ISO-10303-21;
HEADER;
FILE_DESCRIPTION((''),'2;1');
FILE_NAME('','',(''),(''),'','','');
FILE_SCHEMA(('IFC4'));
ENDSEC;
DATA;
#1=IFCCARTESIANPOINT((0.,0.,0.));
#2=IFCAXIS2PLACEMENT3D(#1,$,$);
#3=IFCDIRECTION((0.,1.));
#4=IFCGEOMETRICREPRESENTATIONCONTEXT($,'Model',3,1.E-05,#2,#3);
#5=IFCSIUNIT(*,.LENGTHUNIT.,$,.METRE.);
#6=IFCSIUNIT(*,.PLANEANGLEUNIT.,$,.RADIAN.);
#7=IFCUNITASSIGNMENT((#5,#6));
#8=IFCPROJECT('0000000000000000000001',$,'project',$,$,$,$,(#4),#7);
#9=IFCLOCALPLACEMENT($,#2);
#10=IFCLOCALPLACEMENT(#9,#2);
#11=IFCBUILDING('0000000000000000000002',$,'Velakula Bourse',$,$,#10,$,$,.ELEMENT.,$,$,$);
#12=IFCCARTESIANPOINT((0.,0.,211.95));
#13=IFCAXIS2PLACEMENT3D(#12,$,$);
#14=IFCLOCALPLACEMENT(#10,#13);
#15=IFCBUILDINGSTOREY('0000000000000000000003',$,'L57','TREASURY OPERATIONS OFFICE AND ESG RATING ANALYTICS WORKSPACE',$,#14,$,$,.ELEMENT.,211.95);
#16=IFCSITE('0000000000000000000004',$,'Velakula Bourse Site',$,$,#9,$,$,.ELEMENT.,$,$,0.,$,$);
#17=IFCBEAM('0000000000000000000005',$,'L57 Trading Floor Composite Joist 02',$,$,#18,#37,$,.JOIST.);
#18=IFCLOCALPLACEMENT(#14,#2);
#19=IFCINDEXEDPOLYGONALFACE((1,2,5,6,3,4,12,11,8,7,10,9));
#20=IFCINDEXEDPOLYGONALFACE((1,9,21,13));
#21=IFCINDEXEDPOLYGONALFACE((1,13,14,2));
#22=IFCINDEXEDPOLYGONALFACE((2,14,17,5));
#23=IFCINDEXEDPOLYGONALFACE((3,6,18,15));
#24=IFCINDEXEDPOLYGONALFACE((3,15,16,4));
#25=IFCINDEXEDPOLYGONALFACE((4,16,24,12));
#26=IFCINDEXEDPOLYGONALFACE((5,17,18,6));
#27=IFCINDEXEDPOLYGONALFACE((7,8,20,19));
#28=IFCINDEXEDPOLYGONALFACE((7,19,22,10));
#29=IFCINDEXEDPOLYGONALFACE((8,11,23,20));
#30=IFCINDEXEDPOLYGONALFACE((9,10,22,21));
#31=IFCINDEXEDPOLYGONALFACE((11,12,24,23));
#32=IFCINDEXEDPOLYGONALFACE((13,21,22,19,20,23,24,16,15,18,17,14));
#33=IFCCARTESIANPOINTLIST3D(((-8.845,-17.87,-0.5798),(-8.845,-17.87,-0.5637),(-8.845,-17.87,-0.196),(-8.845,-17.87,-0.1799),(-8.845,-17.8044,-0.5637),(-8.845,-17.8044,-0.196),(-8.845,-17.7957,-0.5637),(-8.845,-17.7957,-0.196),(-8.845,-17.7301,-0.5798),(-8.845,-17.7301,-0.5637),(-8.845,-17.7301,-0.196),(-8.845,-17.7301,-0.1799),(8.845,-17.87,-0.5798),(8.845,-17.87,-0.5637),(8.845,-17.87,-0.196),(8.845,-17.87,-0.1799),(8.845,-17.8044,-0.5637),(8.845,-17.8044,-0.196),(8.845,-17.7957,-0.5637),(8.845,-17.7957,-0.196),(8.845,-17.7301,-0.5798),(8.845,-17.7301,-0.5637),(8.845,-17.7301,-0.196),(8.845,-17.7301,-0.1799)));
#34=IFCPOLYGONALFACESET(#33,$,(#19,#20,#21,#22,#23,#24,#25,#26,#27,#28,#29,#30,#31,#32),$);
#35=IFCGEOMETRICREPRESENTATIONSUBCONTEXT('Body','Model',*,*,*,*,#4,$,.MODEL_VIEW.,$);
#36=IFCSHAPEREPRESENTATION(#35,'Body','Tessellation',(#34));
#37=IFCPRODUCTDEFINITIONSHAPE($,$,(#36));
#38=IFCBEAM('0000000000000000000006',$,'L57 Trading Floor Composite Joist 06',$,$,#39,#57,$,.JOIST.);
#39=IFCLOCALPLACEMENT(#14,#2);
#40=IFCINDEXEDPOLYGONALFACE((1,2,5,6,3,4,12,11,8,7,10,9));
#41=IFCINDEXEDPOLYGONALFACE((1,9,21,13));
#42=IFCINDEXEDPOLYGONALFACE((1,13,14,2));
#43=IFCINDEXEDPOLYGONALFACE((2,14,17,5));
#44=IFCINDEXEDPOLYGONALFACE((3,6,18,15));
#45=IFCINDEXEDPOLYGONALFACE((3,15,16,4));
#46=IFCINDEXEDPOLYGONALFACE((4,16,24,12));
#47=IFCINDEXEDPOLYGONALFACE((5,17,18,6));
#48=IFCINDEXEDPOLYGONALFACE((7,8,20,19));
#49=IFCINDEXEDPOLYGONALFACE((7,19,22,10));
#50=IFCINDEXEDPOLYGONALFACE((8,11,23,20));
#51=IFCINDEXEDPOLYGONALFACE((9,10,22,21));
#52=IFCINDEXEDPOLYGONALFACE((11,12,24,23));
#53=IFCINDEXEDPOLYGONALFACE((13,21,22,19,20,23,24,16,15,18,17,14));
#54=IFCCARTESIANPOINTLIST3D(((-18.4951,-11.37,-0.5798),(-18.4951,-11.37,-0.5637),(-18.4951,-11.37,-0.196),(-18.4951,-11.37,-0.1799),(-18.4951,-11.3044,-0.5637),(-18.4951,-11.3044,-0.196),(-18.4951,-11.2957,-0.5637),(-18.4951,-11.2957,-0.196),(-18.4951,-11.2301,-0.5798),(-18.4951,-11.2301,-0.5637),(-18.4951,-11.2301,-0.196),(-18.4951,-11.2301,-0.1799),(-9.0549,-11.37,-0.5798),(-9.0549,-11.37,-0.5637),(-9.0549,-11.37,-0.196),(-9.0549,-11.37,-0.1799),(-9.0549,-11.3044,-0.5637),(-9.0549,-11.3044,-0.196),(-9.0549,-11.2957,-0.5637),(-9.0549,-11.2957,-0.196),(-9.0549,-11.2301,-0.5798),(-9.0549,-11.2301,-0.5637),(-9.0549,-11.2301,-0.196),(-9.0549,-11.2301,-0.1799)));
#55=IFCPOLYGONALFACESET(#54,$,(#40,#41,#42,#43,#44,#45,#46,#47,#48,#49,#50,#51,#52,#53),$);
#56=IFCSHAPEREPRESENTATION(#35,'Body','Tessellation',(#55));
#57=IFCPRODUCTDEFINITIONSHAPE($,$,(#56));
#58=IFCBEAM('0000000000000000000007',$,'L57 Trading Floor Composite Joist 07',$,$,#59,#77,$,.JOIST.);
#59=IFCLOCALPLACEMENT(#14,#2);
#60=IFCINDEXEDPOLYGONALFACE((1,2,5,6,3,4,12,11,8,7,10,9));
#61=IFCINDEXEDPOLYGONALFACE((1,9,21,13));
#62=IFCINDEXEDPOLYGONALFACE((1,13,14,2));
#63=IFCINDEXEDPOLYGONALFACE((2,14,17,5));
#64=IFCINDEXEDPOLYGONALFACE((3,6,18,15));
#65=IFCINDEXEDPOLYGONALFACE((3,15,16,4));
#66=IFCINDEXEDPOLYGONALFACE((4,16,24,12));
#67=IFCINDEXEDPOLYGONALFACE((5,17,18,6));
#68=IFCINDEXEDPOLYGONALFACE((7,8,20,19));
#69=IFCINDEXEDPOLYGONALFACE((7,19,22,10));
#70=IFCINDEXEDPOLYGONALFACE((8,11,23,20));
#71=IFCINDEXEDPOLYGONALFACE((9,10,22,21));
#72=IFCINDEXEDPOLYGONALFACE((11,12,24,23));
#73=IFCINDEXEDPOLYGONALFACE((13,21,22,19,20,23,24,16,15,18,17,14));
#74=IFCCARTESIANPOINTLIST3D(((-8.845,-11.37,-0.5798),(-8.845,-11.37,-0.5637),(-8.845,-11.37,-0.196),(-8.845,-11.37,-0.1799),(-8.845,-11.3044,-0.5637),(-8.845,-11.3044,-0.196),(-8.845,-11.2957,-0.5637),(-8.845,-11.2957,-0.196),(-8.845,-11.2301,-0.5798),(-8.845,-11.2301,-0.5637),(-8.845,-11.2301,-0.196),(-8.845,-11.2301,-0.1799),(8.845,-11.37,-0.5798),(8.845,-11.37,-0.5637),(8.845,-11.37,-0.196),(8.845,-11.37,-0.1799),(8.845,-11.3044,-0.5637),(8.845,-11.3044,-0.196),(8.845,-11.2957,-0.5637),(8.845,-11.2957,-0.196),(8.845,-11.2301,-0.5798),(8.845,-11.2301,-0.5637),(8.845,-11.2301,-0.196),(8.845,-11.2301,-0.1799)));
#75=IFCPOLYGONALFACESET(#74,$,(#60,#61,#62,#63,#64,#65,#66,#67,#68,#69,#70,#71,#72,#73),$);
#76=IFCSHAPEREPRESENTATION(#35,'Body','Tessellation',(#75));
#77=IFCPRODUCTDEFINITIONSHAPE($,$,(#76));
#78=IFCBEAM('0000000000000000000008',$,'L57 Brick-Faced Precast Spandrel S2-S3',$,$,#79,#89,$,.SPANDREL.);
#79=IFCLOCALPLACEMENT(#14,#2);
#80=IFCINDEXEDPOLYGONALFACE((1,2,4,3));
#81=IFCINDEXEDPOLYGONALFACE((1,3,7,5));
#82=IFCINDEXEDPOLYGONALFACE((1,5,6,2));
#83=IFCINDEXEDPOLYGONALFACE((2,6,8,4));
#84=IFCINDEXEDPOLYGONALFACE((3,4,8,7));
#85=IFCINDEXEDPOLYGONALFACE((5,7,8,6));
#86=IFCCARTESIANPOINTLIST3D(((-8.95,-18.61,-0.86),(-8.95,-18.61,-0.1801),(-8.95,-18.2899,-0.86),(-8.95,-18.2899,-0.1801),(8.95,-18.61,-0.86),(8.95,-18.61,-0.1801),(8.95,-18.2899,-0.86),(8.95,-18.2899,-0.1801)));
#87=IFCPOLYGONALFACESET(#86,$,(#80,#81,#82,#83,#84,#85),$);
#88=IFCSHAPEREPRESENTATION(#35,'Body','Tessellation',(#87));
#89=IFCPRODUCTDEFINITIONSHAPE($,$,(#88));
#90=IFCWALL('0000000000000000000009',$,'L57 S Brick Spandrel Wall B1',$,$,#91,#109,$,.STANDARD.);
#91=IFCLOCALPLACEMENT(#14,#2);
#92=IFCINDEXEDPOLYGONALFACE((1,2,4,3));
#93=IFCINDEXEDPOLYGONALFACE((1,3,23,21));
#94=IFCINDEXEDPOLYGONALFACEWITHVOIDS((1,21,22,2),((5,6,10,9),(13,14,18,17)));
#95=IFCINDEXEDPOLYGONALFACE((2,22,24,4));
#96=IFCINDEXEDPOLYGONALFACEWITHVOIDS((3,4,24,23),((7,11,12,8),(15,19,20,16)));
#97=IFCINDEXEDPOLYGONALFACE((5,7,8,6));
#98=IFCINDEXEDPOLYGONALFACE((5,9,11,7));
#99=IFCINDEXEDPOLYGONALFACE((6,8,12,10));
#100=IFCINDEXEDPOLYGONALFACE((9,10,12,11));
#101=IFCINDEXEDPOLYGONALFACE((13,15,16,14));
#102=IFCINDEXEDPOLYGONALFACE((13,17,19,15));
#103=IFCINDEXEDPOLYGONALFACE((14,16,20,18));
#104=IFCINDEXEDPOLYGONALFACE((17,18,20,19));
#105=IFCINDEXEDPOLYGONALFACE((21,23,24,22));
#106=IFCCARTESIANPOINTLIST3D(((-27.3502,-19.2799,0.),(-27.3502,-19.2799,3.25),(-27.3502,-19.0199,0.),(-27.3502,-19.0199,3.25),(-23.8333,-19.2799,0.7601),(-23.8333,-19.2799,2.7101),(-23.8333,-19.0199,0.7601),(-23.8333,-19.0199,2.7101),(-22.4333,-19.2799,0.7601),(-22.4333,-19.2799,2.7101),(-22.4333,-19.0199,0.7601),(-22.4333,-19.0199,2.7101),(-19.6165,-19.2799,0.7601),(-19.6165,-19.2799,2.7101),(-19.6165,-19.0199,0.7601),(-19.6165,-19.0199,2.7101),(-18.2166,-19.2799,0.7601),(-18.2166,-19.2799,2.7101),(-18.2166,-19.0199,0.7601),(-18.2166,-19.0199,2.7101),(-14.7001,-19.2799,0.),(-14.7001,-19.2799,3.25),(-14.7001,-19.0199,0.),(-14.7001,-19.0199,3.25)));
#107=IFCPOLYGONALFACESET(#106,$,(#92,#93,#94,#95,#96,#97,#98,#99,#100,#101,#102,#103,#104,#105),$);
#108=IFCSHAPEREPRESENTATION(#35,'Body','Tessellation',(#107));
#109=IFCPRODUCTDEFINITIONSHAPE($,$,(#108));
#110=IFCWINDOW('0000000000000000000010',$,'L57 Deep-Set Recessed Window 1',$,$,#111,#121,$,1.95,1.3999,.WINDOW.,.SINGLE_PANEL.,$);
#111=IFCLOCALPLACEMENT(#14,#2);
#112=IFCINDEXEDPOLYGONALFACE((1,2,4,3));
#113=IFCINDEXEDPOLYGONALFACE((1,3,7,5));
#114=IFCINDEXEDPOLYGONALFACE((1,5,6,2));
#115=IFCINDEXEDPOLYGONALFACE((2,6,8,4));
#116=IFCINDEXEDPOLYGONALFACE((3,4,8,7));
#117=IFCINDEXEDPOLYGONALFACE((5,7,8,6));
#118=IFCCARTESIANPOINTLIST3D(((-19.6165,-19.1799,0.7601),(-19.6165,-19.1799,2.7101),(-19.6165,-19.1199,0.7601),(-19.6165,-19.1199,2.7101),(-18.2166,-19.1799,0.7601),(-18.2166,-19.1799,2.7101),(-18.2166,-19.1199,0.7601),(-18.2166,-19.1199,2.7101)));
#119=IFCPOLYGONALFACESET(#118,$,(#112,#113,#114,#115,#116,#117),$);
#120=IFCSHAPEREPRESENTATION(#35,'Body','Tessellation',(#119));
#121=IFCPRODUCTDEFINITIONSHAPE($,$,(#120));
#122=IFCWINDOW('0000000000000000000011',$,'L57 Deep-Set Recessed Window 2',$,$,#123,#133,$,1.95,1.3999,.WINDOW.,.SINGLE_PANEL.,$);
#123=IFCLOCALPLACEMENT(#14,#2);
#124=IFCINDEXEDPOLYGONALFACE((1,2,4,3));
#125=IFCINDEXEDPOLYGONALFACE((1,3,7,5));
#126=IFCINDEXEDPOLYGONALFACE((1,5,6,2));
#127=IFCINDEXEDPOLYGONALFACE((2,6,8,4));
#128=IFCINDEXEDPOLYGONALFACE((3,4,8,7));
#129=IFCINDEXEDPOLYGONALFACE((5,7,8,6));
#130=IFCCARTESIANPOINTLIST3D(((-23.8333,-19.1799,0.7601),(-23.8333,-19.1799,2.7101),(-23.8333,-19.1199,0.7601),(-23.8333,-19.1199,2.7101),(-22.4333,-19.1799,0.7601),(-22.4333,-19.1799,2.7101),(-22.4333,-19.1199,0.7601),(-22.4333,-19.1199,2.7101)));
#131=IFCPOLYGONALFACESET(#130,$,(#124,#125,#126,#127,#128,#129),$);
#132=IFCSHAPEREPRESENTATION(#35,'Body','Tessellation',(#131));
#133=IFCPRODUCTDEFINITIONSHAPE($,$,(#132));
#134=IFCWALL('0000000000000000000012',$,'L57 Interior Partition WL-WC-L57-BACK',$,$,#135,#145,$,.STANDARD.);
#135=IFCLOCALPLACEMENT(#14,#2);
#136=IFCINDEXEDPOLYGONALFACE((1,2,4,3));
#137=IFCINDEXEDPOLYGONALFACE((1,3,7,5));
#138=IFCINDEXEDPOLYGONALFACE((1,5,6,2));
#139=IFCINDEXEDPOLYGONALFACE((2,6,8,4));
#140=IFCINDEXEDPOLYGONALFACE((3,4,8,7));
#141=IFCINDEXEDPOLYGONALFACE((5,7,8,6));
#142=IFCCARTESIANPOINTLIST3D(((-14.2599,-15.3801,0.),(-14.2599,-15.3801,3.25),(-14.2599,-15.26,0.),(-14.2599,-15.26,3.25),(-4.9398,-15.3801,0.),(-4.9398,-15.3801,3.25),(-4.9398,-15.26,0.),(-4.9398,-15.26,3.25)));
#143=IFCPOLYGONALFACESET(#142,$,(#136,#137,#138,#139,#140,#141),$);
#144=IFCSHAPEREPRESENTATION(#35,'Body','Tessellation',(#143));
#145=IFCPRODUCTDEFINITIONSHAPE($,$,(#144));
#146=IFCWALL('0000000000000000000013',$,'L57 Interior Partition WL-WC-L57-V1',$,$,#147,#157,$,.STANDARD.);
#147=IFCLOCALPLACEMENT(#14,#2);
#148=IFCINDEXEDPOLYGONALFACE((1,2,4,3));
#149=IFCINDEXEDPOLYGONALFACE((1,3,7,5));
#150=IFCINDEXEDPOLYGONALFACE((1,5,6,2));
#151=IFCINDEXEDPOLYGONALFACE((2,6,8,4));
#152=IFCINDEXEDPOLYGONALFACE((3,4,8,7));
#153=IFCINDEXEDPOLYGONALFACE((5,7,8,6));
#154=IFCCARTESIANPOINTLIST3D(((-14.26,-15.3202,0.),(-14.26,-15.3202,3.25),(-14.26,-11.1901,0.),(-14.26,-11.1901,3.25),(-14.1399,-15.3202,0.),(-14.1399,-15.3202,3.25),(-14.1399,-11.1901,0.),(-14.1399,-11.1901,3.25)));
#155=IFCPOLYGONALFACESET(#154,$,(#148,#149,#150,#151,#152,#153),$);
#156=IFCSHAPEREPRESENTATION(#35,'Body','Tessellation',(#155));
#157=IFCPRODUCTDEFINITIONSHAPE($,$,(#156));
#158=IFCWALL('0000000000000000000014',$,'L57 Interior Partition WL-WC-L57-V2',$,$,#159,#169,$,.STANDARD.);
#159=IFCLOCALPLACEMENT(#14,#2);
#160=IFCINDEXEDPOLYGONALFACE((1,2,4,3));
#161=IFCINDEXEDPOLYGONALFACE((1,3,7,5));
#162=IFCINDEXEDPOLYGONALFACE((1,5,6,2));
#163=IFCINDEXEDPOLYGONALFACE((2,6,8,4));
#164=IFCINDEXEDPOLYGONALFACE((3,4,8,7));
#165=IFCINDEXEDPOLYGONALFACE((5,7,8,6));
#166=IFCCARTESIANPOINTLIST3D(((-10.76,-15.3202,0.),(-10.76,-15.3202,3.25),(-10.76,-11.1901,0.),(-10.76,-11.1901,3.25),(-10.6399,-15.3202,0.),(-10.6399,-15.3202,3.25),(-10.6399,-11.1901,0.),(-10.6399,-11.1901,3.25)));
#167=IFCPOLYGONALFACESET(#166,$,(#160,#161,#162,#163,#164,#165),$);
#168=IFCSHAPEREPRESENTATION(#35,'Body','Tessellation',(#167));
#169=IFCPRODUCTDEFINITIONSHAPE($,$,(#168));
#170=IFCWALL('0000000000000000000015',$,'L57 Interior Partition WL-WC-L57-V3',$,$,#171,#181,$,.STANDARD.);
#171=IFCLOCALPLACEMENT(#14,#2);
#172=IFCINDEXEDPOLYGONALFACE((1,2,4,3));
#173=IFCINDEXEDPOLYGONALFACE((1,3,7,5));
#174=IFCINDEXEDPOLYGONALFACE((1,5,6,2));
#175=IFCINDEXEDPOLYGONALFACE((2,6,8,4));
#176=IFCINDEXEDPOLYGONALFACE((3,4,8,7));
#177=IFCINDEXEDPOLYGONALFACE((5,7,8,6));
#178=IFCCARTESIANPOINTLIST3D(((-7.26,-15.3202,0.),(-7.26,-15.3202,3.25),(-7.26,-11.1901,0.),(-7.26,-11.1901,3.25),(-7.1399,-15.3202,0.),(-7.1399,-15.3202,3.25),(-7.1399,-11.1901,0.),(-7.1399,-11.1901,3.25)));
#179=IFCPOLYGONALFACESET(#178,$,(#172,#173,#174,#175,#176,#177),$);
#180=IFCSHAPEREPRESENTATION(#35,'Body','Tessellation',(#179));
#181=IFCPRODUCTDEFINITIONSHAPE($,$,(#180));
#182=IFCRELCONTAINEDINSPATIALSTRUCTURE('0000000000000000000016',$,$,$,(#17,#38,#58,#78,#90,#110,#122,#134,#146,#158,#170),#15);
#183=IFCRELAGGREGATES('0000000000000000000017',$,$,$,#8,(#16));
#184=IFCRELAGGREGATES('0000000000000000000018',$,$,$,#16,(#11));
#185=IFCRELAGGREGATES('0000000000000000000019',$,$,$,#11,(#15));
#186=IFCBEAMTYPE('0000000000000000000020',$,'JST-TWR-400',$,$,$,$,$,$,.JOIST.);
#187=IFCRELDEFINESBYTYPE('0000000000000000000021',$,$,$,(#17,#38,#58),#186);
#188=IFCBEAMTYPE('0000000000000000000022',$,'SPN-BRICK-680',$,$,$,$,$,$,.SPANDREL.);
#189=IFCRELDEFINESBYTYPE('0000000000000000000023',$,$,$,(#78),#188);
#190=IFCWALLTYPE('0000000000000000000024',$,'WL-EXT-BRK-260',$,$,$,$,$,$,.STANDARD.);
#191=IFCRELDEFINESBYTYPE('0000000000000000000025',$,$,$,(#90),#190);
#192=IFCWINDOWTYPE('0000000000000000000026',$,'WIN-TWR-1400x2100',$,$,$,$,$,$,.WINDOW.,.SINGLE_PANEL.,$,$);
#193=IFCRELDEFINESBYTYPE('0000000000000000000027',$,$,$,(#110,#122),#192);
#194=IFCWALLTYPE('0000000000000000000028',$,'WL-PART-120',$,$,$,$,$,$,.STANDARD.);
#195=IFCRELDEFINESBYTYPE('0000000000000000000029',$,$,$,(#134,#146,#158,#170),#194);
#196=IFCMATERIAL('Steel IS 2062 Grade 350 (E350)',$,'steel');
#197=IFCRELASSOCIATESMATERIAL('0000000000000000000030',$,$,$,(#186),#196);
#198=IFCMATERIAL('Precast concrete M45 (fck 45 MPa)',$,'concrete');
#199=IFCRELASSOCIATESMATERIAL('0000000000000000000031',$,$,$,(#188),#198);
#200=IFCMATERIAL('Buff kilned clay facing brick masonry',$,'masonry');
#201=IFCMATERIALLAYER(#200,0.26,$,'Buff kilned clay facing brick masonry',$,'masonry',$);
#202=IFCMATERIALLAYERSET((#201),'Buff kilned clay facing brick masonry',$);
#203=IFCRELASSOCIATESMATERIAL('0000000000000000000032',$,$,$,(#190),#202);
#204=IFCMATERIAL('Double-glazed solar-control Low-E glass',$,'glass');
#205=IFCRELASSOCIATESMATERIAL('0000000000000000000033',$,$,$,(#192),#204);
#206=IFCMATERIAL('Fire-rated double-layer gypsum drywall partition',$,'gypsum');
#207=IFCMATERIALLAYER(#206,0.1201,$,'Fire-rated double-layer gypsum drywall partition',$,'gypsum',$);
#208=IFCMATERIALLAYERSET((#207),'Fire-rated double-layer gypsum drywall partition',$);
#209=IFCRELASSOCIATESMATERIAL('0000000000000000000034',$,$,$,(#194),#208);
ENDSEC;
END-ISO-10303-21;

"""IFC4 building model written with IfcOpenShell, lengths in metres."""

from ifc_helpers import new_model, si_unit, direction, frame, frame_2d, origin, origin_2d, place, context, subcontext, project, spatial, rectangle, i_section, extrude, material, layer, layer_set, material_profile, profile_set, type_object, element, fill, save


model = new_model("IFC4")

# Units and contexts
model_context = context("Model", 3, precision=1e-05, world=origin(), true_north=direction((0.0, 1.0)))
body_context = subcontext(model_context, "Body", "Model", "MODEL_VIEW")
ifc_project = project(units=[si_unit("LENGTHUNIT", "METRE"), si_unit("PLANEANGLEUNIT", "RADIAN")], contexts=[model_context])

# Site, building, storey
site_placement = place(None, origin())
site = spatial("IfcSite", under=ifc_project, at=site_placement, Name="Velakula Bourse Site", CompositionType="ELEMENT", RefElevation=0.0)
building_placement = place(site_placement, origin())
building = spatial("IfcBuilding", under=site, at=building_placement, Name="Velakula Bourse", CompositionType="ELEMENT")
storey_placement = place(building_placement, frame((0.0, 0.0, 211.95)))
storey = spatial("IfcBuildingStorey", under=building, at=storey_placement, Name="L57", Description="TREASURY OPERATIONS OFFICE AND ESG RATING ANALYTICS WORKSPACE", CompositionType="ELEMENT", Elevation=211.95)

# Shared definitions
ifc_material_1 = material(Name="Steel IS 2062 Grade 350 (E350)", Category="steel")

# Beams
ifc_material_profile_1 = material_profile(ifc_material_1, i_section(OverallWidth=0.1399, OverallDepth=0.3999, WebThickness=0.0088, FlangeThickness=0.0161, at=origin_2d()), Name="Steel IS 2062 Grade 350 (E350)")
ifc_profile_set_1 = profile_set([ifc_material_profile_1], Name="Steel IS 2062 Grade 350 (E350)")
beam_type_1 = type_object("IfcBeamType", Name="JST-TWR-400", PredefinedType="JOIST", material=ifc_profile_set_1)
beam_1_placement = place(storey_placement, frame((-8.845, -17.8, -0.3799), z_axis=(1.0, 0.0, 0.0), x_axis=(0.0, 1.0, 0.0)))
element("IfcBeam", 1, at=beam_1_placement, inside=storey, type_object=beam_type_1, Name="L57 Trading Floor Composite Joist 02", PredefinedType="JOIST", context=body_context, shape_type="SweptSolid", body=[
    extrude(i_section(OverallWidth=0.1399, OverallDepth=0.3999, WebThickness=0.0088, FlangeThickness=0.0161, at=origin_2d()), origin(), (0.0, 0.0, 1.0), 17.6899),
])
beam_2_placement = place(storey_placement, frame((-18.4951, -11.3, -0.3799), z_axis=(1.0, 0.0, 0.0), x_axis=(0.0, 1.0, 0.0)))
element("IfcBeam", 2, at=beam_2_placement, inside=storey, type_object=beam_type_1, Name="L57 Trading Floor Composite Joist 06", PredefinedType="JOIST", context=body_context, shape_type="SweptSolid", body=[
    extrude(i_section(OverallWidth=0.1399, OverallDepth=0.3999, WebThickness=0.0088, FlangeThickness=0.0161, at=origin_2d()), origin(), (0.0, 0.0, 1.0), 9.4402),
])
beam_3_placement = place(storey_placement, frame((-8.845, -11.3, -0.3799), z_axis=(1.0, 0.0, 0.0), x_axis=(0.0, 1.0, 0.0)))
element("IfcBeam", 3, at=beam_3_placement, inside=storey, type_object=beam_type_1, Name="L57 Trading Floor Composite Joist 07", PredefinedType="JOIST", context=body_context, shape_type="SweptSolid", body=[
    extrude(i_section(OverallWidth=0.1399, OverallDepth=0.3999, WebThickness=0.0088, FlangeThickness=0.0161, at=origin_2d()), origin(), (0.0, 0.0, 1.0), 17.6899),
])
ifc_material_2 = material(Name="Precast concrete M45 (fck 45 MPa)", Category="concrete")
ifc_material_profile_2 = material_profile(ifc_material_2, rectangle(XDim=0.3201, YDim=0.6799, at=origin_2d()), Name="Precast concrete M45 (fck 45 MPa)")
ifc_profile_set_2 = profile_set([ifc_material_profile_2], Name="Precast concrete M45 (fck 45 MPa)")
beam_type_2 = type_object("IfcBeamType", Name="SPN-BRICK-680", PredefinedType="SPANDREL", material=ifc_profile_set_2)
beam_4_placement = place(storey_placement, frame((-8.95, -18.45, -0.52), z_axis=(1.0, 0.0, 0.0), x_axis=(0.0, 1.0, 0.0)))
element("IfcBeam", 4, at=beam_4_placement, inside=storey, type_object=beam_type_2, Name="L57 Brick-Faced Precast Spandrel S2-S3", PredefinedType="SPANDREL", context=body_context, shape_type="SweptSolid", body=[
    extrude(rectangle(XDim=0.3201, YDim=0.6799, at=origin_2d()), origin(), (0.0, 0.0, 1.0), 17.8999),
])

# Wall, openings, windows
ifc_material_3 = material(Name="Buff kilned clay facing brick masonry", Category="masonry")
ifc_layer_1 = layer(ifc_material_3, 0.26, Name="Buff kilned clay facing brick masonry", Category="masonry")
ifc_layer_set_1 = layer_set([ifc_layer_1], Name="Buff kilned clay facing brick masonry")
wall_type_1 = type_object("IfcWallType", Name="WL-EXT-BRK-260", PredefinedType="STANDARD", material=ifc_layer_set_1)
wall_1_placement = place(storey_placement, frame((-14.7, -19.1499, 0.0), z_axis=(0.0, 0.0, 1.0), x_axis=(-1.0, 0.0, 0.0)))
wall_1 = element("IfcWall", 5, at=wall_1_placement, inside=storey, type_object=wall_type_1, Name="L57 S Brick Spandrel Wall B1", PredefinedType="STANDARD", context=body_context, shape_type="SweptSolid", body=[
    extrude(rectangle(XDim=12.6501, YDim=0.26, at=frame_2d((6.3252, 0.0))), origin(), (0.0, 0.0, 1.0), 3.25),
])
opening_1_placement = place(wall_1_placement, frame((3.5166, 0.0, 0.76)))
opening_1 = element("IfcOpeningElement", 6, at=opening_1_placement, cuts=wall_1, PredefinedType="OPENING", context=body_context, shape_type="SweptSolid", body=[
    extrude(rectangle(XDim=1.3999, YDim=1.95, at=frame_2d((0.7, 0.9751))), frame((0.0, 0.1399, 0.0), z_axis=(0.0, -1.0, 0.0), x_axis=(1.0, 0.0, 0.0)), (0.0, 0.0, 1.0), 0.28),
])
opening_2_placement = place(wall_1_placement, frame((7.7334, 0.0, 0.76)))
opening_2 = element("IfcOpeningElement", 7, at=opening_2_placement, cuts=wall_1, PredefinedType="OPENING", context=body_context, shape_type="SweptSolid", body=[
    extrude(rectangle(XDim=1.3999, YDim=1.95, at=frame_2d((0.7, 0.9751))), frame((0.0, 0.1399, 0.0), z_axis=(0.0, -1.0, 0.0), x_axis=(1.0, 0.0, 0.0)), (0.0, 0.0, 1.0), 0.28),
])
ifc_material_4 = material(Name="Double-glazed solar-control Low-E glass", Category="glass")
window_type = type_object("IfcWindowType", Name="WIN-TWR-1400x2100", PartitioningType="SINGLE_PANEL", PredefinedType="WINDOW", material=ifc_material_4)
window_1_placement = place(opening_1_placement, origin())
window_1 = element("IfcWindow", 8, at=window_1_placement, inside=storey, type_object=window_type, Name="L57 Deep-Set Recessed Window 1", OverallHeight=1.95, OverallWidth=1.3999, PartitioningType="SINGLE_PANEL", PredefinedType="WINDOW", context=body_context, shape_type="SweptSolid", body=[
    extrude(rectangle(XDim=1.3999, YDim=1.95, at=frame_2d((0.7, 0.9751))), frame((0.0, 0.03, 0.0), z_axis=(0.0, -1.0, 0.0), x_axis=(1.0, 0.0, 0.0)), (0.0, 0.0, 1.0), 0.0601),
])
fill(opening_1, window_1)
window_2_placement = place(opening_2_placement, origin())
window_2 = element("IfcWindow", 9, at=window_2_placement, inside=storey, type_object=window_type, Name="L57 Deep-Set Recessed Window 2", OverallHeight=1.95, OverallWidth=1.3999, PartitioningType="SINGLE_PANEL", PredefinedType="WINDOW", context=body_context, shape_type="SweptSolid", body=[
    extrude(rectangle(XDim=1.3999, YDim=1.95, at=frame_2d((0.7, 0.9751))), frame((0.0, 0.03, 0.0), z_axis=(0.0, -1.0, 0.0), x_axis=(1.0, 0.0, 0.0)), (0.0, 0.0, 1.0), 0.0601),
])
fill(opening_2, window_2)

# Walls
ifc_material_5 = material(Name="Fire-rated double-layer gypsum drywall partition", Category="gypsum")
ifc_layer_2 = layer(ifc_material_5, 0.1201, Name="Fire-rated double-layer gypsum drywall partition", Category="gypsum")
ifc_layer_set_2 = layer_set([ifc_layer_2], Name="Fire-rated double-layer gypsum drywall partition")
wall_type_2 = type_object("IfcWallType", Name="WL-PART-120", PredefinedType="STANDARD", material=ifc_layer_set_2)
wall_2_placement = place(storey_placement, frame((-14.26, -15.3201, 0.0), z_axis=(0.0, 0.0, 1.0), x_axis=(1.0, 0.0, 0.0)))
element("IfcWall", 10, at=wall_2_placement, inside=storey, type_object=wall_type_2, Name="L57 Interior Partition WL-WC-L57-BACK", PredefinedType="STANDARD", context=body_context, shape_type="SweptSolid", body=[
    extrude(rectangle(XDim=9.3201, YDim=0.1201, at=frame_2d((4.6602, 0.0))), origin(), (0.0, 0.0, 1.0), 3.25),
])
for number, where, z_axis, x_axis, name in (
    (11, (-14.2, -15.3201, 0.0), (0.0, 0.0, 1.0), (0.0, 1.0, 0.0), "L57 Interior Partition WL-WC-L57-V1"),
    (12, (-10.7, -15.3201, 0.0), (0.0, 0.0, 1.0), (0.0, 1.0, 0.0), "L57 Interior Partition WL-WC-L57-V2"),
    (13, (-7.2, -15.3201, 0.0), (0.0, 0.0, 1.0), (0.0, 1.0, 0.0), "L57 Interior Partition WL-WC-L57-V3"),
):
    element("IfcWall", number, at=place(storey_placement, frame(where, z_axis=z_axis, x_axis=x_axis)), inside=storey, type_object=wall_type_2, Name=name, PredefinedType="STANDARD", context=body_context, shape_type="SweptSolid", body=[
        extrude(rectangle(XDim=4.1301, YDim=0.1201, at=frame_2d((2.0649, 0.0))), origin(), (0.0, 0.0, 1.0), 3.25),
    ])

save(model, "model.ifc")
